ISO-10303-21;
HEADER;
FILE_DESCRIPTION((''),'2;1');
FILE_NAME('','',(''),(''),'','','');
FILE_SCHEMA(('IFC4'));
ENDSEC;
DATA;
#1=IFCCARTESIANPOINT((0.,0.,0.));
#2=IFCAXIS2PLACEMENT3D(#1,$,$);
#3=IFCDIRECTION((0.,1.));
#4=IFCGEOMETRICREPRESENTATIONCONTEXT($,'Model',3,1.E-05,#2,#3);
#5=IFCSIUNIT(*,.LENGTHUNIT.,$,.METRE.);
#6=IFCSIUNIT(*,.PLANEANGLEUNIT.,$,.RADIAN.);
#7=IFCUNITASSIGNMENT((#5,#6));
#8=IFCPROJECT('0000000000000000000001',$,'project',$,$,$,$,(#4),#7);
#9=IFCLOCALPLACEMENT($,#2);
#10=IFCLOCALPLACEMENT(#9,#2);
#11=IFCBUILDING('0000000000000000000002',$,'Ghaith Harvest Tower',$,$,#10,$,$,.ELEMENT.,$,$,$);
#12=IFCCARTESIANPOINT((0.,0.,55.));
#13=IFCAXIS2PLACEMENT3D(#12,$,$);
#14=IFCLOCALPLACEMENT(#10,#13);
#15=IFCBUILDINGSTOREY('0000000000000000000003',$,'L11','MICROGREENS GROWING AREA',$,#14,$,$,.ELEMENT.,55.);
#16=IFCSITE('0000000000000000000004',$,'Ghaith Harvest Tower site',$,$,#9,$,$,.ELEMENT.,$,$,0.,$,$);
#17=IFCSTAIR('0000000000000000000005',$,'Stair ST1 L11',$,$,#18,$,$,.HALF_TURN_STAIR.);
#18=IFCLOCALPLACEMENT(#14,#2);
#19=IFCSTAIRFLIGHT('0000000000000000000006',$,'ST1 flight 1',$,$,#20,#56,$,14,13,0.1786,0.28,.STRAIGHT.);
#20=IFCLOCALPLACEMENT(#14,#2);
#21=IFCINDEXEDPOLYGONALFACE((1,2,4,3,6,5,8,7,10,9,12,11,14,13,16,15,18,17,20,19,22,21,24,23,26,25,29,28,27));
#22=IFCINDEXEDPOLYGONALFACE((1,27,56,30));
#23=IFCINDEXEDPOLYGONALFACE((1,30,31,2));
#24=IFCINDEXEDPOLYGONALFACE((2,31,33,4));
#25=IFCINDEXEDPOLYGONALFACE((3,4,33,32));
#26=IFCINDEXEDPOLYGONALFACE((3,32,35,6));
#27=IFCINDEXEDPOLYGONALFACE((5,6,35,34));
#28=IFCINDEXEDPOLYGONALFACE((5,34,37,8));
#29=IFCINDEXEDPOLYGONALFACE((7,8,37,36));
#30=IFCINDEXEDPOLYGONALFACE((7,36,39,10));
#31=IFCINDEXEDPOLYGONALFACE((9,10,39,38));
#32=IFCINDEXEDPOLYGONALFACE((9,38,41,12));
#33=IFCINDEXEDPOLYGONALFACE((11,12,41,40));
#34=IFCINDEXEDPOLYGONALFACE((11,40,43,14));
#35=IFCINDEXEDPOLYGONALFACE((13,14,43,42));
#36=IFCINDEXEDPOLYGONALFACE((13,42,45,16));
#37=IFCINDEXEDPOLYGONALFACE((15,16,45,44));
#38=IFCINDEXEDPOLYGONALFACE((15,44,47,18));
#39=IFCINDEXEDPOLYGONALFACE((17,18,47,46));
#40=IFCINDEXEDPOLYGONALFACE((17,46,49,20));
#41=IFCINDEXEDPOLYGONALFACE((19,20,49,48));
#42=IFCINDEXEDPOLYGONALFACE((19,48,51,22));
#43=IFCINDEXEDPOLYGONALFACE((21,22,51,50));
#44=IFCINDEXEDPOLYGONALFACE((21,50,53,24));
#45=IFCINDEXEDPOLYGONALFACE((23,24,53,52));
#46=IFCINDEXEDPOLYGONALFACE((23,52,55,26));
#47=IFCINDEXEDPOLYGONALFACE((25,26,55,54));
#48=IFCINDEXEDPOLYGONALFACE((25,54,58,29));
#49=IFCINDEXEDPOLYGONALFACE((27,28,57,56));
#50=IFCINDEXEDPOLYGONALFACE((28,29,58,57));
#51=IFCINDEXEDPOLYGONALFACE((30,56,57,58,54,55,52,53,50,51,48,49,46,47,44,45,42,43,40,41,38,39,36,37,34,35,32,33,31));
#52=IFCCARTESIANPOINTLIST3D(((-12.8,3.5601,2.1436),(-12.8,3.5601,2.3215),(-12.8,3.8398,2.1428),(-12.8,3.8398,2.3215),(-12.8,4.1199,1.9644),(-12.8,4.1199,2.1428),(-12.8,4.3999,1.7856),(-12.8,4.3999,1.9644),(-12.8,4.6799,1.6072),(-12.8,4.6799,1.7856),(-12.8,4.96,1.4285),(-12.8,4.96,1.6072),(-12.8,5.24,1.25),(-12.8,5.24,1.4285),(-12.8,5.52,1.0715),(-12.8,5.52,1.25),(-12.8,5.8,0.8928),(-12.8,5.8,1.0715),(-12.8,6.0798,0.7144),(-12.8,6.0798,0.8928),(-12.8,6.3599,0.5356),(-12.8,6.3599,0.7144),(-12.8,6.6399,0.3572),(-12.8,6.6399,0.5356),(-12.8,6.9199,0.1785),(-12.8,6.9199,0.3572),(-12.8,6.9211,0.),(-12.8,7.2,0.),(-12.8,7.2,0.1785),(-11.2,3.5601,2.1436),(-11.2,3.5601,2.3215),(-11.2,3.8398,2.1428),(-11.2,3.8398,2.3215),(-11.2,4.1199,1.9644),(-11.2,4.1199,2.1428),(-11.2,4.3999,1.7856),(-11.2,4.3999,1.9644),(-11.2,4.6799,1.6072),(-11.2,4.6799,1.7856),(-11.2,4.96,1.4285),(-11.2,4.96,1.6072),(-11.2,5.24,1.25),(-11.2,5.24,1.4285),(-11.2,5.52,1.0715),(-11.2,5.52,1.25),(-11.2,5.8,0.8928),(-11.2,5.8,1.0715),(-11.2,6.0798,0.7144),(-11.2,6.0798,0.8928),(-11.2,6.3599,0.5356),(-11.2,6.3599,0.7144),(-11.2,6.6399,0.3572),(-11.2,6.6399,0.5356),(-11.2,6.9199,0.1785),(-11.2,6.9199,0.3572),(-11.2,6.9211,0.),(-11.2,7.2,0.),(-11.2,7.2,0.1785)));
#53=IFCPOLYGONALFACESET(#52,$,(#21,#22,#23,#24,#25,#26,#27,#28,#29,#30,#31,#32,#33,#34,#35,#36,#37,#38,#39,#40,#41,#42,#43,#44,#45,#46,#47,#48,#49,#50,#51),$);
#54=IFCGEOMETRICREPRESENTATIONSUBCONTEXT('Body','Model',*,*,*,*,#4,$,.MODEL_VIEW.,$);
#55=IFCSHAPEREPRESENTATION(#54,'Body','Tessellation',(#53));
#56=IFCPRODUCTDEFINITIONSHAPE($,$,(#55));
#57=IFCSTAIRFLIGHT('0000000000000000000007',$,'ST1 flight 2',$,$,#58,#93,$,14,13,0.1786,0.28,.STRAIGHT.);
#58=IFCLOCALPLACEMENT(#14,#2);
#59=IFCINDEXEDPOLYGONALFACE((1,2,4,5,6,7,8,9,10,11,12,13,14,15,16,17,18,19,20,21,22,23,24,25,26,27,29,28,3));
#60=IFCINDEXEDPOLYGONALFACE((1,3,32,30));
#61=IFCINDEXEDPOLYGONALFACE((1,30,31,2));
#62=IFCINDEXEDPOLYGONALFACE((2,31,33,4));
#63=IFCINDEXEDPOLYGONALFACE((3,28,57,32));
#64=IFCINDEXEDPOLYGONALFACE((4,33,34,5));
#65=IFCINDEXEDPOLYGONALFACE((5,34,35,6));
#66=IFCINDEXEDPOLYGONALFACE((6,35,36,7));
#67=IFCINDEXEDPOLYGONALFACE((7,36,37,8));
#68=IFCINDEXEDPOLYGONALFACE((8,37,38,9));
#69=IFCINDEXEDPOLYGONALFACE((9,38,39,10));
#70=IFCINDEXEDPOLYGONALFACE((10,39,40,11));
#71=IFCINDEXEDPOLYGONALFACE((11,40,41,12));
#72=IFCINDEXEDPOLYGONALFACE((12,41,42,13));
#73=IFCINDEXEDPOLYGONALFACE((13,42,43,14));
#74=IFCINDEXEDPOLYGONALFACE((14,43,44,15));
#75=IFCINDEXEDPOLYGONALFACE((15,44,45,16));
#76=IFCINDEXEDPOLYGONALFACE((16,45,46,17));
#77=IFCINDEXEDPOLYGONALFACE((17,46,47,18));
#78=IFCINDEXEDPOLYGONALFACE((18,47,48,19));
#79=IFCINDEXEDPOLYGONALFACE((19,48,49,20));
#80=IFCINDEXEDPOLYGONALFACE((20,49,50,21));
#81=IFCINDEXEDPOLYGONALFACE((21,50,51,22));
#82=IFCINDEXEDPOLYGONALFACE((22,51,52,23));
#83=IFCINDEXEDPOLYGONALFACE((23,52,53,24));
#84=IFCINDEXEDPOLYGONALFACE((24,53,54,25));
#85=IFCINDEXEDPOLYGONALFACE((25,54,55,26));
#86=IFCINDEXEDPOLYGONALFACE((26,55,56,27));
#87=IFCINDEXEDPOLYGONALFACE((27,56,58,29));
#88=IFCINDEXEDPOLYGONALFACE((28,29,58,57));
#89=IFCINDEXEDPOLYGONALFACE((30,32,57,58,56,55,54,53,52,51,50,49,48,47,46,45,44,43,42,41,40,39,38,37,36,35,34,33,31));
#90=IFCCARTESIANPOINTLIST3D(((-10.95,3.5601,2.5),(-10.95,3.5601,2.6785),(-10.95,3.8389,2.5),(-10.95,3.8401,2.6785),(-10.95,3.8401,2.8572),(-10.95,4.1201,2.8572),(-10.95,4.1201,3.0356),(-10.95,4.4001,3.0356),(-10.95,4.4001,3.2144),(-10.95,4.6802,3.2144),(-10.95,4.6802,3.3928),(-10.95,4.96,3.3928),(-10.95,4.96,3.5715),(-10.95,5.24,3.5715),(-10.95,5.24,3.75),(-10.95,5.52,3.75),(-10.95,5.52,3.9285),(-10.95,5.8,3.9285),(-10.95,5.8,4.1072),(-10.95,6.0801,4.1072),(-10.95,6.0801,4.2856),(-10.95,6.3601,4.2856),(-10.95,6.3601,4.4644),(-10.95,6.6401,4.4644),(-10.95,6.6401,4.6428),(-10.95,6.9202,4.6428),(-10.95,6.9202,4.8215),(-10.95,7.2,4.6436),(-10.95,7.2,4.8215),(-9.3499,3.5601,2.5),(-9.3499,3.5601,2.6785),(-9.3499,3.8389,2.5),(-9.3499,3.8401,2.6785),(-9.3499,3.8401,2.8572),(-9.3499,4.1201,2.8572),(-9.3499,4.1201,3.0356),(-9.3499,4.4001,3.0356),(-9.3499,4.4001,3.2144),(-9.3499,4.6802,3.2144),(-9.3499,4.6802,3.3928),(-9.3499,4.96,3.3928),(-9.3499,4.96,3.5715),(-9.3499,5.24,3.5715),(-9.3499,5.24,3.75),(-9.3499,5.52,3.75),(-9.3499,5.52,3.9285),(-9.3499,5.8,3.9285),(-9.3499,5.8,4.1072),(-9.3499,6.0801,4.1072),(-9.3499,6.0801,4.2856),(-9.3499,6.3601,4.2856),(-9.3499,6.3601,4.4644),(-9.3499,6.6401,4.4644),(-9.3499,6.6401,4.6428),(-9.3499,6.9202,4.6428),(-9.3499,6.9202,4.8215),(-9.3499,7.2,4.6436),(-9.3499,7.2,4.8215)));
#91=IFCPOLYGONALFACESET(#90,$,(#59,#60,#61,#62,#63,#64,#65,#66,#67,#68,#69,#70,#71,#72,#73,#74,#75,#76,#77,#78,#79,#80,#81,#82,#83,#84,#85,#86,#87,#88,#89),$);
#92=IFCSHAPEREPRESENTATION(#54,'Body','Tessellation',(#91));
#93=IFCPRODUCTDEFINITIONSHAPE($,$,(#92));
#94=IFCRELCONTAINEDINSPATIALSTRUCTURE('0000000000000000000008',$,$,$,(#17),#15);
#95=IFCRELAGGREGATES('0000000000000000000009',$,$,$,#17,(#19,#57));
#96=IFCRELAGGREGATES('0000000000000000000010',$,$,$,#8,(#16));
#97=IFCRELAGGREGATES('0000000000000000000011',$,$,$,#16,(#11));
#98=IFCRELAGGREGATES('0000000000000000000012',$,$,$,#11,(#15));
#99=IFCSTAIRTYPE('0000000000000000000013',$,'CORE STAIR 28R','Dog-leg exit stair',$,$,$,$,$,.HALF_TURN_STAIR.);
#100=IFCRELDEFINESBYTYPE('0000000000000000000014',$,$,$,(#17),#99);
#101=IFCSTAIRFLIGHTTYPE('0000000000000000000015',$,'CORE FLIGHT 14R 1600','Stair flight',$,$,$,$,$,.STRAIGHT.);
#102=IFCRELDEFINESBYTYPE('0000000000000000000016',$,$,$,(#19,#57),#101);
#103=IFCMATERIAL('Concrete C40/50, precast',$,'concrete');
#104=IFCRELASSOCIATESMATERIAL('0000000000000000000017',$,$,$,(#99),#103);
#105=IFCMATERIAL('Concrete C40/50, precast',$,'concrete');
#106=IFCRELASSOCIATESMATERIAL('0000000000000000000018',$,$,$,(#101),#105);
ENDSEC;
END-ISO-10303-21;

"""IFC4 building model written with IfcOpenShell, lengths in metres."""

from ifc_helpers import new_model, si_unit, direction, frame, origin, place, context, subcontext, project, spatial, polyline, outline, extrude, material, type_object, element, aggregate, save


model = new_model("IFC4")

# Units and contexts
model_context = context("Model", 3, precision=1e-05, world=origin(), true_north=direction((0.0, 1.0)))
body_context = subcontext(model_context, "Body", "Model", "MODEL_VIEW")
ifc_project = project(units=[si_unit("LENGTHUNIT", "METRE"), si_unit("PLANEANGLEUNIT", "RADIAN")], contexts=[model_context])

# Site, building, storey
site_placement = place(None, origin())
site = spatial("IfcSite", under=ifc_project, at=site_placement, Name="Ghaith Harvest Tower site", CompositionType="ELEMENT", RefElevation=0.0)
building_placement = place(site_placement, origin())
building = spatial("IfcBuilding", under=site, at=building_placement, Name="Ghaith Harvest Tower", CompositionType="ELEMENT")
storey_placement = place(building_placement, frame((0.0, 0.0, 55.0)))
storey = spatial("IfcBuildingStorey", under=building, at=storey_placement, Name="L11", Description="MICROGREENS GROWING AREA", CompositionType="ELEMENT", Elevation=55.0)

# Stair, stair flights
ifc_material_1 = material(Name="Concrete C40/50, precast", Category="concrete")
stair_type = type_object("IfcStairType", Name="CORE STAIR 28R", Description="Dog-leg exit stair", PredefinedType="HALF_TURN_STAIR", material=ifc_material_1)
stair_placement = place(storey_placement, origin())
stair = element("IfcStair", 1, at=stair_placement, inside=storey, type_object=stair_type, Name="Stair ST1 L11", PredefinedType="HALF_TURN_STAIR")
ifc_material_2 = material(Name="Concrete C40/50, precast", Category="concrete")
stair_flight_type = type_object("IfcStairFlightType", Name="CORE FLIGHT 14R 1600", Description="Stair flight", PredefinedType="STRAIGHT", material=ifc_material_2)
stair_flight_1_placement = place(storey_placement, frame((-12.0, 7.2, 0.0), z_axis=(0.0, 0.0, 1.0), x_axis=(0.0, -1.0, 0.0)))
stair_flight_1 = element("IfcStairFlight", 2, at=stair_flight_1_placement, type_object=stair_flight_type, Name="ST1 flight 1", NumberOfRisers=14, NumberOfTreads=13, PredefinedType="STRAIGHT", RiserHeight=0.1786, TreadLength=0.28, context=body_context, shape_type="SweptSolid", body=[
    extrude(outline(polyline([(0.0, 0.0), (0.0, 0.1785), (0.28, 0.1785), (0.28, 0.3572), (0.5601, 0.3572), (0.5601, 0.5356), (0.8401, 0.5356), (0.8401, 0.7144), (1.1201, 0.7144), (1.1201, 0.8928), (1.3999, 0.8928), (1.3999, 1.0715), (1.6799, 1.0715), (1.6799, 1.25), (1.96, 1.25), (1.96, 1.4285), (2.24, 1.4285), (2.24, 1.6072), (2.52, 1.6072), (2.52, 1.7856), (2.8, 1.7856), (2.8, 1.9644), (3.0801, 1.9644), (3.0801, 2.1428), (3.3601, 2.1428), (3.3601, 2.3215), (3.6399, 2.3215), (3.6399, 2.5), (3.6399, 2.1436), (0.2788, 0.0), (0.0, 0.0)])), frame((0.0, 0.8, 0.0), z_axis=(0.0, -1.0, 0.0), x_axis=(1.0, 0.0, 0.0)), (0.0, 0.0, 1.0), 1.6001),
])
stair_flight_2_placement = place(storey_placement, frame((-10.1499, 3.5601, 2.5), z_axis=(0.0, 0.0, 1.0), x_axis=(0.0, 1.0, 0.0)))
stair_flight_2 = element("IfcStairFlight", 3, at=stair_flight_2_placement, type_object=stair_flight_type, Name="ST1 flight 2", NumberOfRisers=14, NumberOfTreads=13, PredefinedType="STRAIGHT", RiserHeight=0.1786, TreadLength=0.28, context=body_context, shape_type="SweptSolid", body=[
    extrude(outline(polyline([(0.0, 0.0), (0.0, 0.1785), (0.28, 0.1785), (0.28, 0.3572), (0.5601, 0.3572), (0.5601, 0.5356), (0.8401, 0.5356), (0.8401, 0.7144), (1.1201, 0.7144), (1.1201, 0.8928), (1.3999, 0.8928), (1.3999, 1.0715), (1.6799, 1.0715), (1.6799, 1.25), (1.96, 1.25), (1.96, 1.4285), (2.24, 1.4285), (2.24, 1.6072), (2.52, 1.6072), (2.52, 1.7856), (2.8, 1.7856), (2.8, 1.9644), (3.0801, 1.9644), (3.0801, 2.1428), (3.3601, 2.1428), (3.3601, 2.3215), (3.6399, 2.3215), (3.6399, 2.5), (3.6399, 2.1436), (0.2788, 0.0), (0.0, 0.0)])), frame((0.0, 0.8, 0.0), z_axis=(0.0, -1.0, 0.0), x_axis=(1.0, 0.0, 0.0)), (0.0, 0.0, 1.0), 1.6001),
])
aggregate(stair, [stair_flight_1, stair_flight_2])

save(model, "model.ifc")
